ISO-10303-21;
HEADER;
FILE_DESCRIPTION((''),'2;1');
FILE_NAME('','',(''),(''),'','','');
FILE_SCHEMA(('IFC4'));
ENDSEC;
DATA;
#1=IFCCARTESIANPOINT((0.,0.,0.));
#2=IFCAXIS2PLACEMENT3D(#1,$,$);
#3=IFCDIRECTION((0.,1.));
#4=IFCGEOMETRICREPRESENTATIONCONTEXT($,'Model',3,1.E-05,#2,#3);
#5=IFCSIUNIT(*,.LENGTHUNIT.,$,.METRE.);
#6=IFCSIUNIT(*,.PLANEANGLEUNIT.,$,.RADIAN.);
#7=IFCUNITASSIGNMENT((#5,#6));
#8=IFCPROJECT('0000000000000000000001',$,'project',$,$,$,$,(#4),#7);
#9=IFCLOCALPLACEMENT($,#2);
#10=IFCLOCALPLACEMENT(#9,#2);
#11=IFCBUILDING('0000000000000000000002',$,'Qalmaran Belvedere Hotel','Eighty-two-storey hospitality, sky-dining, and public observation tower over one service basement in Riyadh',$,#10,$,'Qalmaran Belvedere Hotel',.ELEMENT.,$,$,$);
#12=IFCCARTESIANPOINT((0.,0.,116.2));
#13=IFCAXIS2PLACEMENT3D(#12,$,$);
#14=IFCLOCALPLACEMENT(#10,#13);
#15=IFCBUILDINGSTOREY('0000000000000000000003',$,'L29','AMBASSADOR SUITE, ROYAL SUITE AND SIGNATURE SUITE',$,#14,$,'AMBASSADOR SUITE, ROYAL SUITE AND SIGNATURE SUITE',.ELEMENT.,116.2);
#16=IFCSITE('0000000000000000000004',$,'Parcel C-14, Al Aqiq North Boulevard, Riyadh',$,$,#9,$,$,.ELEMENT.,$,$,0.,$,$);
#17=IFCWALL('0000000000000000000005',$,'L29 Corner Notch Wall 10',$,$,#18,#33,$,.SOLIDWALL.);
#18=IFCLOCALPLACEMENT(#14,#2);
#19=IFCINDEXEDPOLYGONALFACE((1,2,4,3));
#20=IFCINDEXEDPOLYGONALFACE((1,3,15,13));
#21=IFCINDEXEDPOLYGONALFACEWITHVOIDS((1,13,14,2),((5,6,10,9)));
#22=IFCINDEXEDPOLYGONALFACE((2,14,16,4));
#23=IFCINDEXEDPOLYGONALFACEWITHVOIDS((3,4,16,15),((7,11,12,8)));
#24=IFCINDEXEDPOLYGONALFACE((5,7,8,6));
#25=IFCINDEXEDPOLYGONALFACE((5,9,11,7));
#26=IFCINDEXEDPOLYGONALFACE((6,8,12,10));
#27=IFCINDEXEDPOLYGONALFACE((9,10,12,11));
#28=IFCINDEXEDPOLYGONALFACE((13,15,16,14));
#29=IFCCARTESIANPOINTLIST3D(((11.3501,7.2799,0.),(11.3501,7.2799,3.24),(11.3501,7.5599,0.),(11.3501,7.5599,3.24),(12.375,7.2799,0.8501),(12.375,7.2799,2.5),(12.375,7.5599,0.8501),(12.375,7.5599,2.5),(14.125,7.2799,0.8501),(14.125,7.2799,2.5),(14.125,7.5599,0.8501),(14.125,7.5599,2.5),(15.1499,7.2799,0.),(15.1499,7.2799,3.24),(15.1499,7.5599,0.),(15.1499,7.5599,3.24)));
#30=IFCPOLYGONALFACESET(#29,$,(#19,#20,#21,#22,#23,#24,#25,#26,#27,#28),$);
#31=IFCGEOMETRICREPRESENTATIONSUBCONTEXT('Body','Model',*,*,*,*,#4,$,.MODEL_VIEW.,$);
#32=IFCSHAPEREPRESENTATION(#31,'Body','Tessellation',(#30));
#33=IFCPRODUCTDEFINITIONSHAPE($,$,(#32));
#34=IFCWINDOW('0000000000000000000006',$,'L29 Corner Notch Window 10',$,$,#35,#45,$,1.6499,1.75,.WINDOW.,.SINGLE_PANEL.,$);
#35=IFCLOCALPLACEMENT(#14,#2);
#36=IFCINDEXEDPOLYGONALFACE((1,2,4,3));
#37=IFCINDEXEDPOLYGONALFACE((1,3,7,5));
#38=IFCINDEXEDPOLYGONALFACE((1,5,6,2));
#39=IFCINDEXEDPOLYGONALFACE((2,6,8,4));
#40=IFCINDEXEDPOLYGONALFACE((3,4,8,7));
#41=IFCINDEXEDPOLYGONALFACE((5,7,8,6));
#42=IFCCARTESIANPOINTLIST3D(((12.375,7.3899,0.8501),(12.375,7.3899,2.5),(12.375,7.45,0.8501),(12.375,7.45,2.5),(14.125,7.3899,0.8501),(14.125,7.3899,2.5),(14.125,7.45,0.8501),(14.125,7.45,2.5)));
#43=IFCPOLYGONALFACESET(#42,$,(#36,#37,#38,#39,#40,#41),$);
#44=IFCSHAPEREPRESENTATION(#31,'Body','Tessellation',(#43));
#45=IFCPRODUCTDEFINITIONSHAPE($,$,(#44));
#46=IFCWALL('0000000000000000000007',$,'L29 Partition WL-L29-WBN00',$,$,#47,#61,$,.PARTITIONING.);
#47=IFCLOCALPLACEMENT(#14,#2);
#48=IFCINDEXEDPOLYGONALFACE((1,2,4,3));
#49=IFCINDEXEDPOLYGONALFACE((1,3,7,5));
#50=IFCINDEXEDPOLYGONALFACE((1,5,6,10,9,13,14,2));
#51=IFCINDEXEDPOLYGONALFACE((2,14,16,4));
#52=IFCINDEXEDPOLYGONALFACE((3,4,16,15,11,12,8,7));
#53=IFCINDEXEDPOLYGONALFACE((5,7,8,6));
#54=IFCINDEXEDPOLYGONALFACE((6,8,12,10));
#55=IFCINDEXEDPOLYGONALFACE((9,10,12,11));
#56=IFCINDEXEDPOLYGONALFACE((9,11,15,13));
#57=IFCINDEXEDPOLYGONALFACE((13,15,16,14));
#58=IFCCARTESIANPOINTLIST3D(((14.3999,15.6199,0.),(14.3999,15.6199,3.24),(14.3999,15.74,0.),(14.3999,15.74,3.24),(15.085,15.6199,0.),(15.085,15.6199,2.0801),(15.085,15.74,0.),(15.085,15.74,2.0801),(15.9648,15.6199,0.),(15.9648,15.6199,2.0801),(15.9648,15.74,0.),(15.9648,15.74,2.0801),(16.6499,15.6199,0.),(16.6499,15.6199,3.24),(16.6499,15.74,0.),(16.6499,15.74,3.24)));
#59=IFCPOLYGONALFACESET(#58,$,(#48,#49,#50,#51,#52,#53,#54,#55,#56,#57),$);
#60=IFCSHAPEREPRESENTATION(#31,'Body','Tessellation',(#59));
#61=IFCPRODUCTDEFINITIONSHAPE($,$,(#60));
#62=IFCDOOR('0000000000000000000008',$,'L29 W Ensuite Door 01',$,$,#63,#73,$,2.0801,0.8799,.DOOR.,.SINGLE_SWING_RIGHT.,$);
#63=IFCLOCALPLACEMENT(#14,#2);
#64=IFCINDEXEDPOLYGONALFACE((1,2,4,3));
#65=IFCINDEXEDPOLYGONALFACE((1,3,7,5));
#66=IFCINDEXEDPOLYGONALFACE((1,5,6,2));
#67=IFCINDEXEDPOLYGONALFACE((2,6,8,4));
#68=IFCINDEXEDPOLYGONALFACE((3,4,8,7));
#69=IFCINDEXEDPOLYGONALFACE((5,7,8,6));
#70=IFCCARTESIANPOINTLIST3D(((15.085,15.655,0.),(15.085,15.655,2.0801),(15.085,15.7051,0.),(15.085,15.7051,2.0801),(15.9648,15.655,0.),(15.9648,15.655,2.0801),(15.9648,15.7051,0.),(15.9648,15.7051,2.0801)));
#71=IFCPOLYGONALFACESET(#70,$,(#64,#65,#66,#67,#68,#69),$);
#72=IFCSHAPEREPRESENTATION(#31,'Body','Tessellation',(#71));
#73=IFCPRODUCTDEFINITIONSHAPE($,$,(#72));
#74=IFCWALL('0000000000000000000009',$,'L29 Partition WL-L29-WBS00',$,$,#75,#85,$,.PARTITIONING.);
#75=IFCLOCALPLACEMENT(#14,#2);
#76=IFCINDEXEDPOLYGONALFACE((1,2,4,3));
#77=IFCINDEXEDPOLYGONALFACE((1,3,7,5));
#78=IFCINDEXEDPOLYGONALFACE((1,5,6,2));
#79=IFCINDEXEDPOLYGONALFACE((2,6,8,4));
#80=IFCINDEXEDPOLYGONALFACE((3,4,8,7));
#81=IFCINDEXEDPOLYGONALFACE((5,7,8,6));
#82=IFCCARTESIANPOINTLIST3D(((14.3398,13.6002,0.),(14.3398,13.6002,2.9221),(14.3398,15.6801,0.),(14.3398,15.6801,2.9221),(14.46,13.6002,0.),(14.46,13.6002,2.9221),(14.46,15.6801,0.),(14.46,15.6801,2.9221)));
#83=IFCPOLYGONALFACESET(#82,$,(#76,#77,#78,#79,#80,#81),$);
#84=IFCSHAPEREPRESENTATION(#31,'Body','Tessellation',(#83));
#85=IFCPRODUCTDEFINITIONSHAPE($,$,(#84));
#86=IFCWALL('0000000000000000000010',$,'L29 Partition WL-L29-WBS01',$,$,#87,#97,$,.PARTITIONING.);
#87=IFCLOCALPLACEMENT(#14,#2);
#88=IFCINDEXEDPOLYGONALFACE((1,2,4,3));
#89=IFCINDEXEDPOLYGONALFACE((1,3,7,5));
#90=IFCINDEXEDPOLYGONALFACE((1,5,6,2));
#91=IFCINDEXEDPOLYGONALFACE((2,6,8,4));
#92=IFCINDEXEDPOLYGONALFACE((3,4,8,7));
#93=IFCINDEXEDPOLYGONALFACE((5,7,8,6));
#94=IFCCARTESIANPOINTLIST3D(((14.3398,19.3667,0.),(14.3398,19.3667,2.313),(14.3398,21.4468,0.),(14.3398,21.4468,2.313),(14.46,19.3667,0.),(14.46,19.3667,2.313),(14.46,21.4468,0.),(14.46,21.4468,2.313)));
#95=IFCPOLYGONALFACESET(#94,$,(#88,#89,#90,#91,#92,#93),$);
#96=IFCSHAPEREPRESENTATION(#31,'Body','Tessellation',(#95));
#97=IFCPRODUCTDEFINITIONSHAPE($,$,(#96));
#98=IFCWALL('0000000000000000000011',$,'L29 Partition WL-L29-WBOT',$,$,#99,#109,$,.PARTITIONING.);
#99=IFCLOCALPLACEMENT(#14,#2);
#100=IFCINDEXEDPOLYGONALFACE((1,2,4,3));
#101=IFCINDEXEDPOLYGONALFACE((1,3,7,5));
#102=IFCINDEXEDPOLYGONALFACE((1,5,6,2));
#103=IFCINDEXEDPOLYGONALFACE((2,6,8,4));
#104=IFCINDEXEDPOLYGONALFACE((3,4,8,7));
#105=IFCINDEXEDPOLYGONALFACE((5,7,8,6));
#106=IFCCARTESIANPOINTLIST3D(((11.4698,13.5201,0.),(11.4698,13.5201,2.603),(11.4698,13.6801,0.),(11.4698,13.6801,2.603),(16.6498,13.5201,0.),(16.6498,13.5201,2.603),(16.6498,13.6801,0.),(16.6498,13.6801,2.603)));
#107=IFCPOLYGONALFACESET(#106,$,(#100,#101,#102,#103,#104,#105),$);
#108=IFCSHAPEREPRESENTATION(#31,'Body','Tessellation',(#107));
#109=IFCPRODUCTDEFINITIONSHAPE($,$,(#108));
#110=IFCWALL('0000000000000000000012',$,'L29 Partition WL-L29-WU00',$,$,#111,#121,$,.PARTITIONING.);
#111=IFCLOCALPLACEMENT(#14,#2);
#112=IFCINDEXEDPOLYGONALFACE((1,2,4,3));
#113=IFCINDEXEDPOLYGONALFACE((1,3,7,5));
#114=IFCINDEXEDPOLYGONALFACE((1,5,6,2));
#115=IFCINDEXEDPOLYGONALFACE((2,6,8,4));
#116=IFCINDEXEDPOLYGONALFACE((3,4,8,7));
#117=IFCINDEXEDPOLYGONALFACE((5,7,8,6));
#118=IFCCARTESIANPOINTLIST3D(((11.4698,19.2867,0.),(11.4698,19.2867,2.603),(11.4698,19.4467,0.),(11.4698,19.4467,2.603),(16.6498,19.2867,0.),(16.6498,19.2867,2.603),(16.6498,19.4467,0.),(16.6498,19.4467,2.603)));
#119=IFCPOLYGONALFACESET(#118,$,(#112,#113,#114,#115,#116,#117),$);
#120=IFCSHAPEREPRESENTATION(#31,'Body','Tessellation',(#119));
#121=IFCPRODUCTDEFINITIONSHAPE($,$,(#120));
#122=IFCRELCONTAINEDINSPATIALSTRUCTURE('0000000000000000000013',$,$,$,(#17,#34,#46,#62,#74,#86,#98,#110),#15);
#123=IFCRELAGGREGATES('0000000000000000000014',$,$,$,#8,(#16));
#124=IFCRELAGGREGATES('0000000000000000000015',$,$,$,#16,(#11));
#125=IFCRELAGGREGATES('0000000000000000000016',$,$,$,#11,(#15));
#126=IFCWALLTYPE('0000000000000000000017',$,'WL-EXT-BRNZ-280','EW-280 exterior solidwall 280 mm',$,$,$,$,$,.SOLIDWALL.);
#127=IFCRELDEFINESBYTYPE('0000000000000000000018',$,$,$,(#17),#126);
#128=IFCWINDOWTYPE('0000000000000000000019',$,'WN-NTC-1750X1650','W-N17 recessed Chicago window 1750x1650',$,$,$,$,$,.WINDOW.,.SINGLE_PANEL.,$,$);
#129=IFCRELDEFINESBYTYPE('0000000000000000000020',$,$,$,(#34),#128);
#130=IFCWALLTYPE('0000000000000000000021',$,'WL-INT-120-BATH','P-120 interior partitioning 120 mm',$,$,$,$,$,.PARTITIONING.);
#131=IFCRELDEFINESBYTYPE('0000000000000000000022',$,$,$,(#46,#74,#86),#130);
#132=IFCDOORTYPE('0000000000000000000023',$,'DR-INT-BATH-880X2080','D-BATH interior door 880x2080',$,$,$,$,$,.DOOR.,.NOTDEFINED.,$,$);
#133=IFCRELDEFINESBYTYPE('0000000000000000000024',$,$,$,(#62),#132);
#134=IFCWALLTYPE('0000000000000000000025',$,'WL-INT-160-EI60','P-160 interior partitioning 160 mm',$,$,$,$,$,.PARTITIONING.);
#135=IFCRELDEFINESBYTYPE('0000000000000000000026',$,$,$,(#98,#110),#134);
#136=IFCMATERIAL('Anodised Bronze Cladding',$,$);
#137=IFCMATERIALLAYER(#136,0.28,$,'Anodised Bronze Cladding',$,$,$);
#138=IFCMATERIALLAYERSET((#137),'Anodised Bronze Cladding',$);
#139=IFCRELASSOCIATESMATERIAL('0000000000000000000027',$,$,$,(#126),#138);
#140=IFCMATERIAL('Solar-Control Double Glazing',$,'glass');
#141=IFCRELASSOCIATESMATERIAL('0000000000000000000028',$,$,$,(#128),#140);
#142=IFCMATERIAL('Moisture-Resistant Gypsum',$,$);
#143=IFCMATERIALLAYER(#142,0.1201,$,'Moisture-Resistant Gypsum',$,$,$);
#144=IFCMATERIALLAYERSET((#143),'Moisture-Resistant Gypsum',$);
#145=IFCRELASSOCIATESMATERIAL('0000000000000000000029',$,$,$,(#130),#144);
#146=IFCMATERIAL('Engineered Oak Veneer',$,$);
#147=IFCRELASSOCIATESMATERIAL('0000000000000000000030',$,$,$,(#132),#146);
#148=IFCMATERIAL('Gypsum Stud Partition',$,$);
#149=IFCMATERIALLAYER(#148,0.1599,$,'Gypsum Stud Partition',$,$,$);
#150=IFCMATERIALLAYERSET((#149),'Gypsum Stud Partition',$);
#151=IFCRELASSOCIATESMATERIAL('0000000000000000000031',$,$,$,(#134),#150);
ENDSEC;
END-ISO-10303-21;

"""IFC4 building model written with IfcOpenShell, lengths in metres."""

from ifc_helpers import new_model, si_unit, direction, frame, frame_2d, origin, place, context, subcontext, project, spatial, rectangle, extrude, material, layer, layer_set, type_object, element, fill, save


model = new_model("IFC4")

# Units and contexts
model_context = context("Model", 3, precision=1e-05, world=origin(), true_north=direction((0.0, 1.0)))
body_context = subcontext(model_context, "Body", "Model", "MODEL_VIEW")
ifc_project = project(units=[si_unit("LENGTHUNIT", "METRE"), si_unit("PLANEANGLEUNIT", "RADIAN")], contexts=[model_context])

# Site, building, storey
site_placement = place(None, origin())
site = spatial("IfcSite", under=ifc_project, at=site_placement, Name="Parcel C-14, Al Aqiq North Boulevard, Riyadh", CompositionType="ELEMENT", RefElevation=0.0)
building_placement = place(site_placement, origin())
building = spatial("IfcBuilding", under=site, at=building_placement, Name="Qalmaran Belvedere Hotel", Description="Eighty-two-storey hospitality, sky-dining, and public observation tower over one service basement in Riyadh", LongName="Qalmaran Belvedere Hotel", CompositionType="ELEMENT")
storey_placement = place(building_placement, frame((0.0, 0.0, 116.2)))
storey = spatial("IfcBuildingStorey", under=building, at=storey_placement, Name="L29", Description="AMBASSADOR SUITE, ROYAL SUITE AND SIGNATURE SUITE", LongName="AMBASSADOR SUITE, ROYAL SUITE AND SIGNATURE SUITE", CompositionType="ELEMENT", Elevation=116.2)

# Shared definitions
ifc_material_1 = material(Name="Solar-Control Double Glazing", Category="glass")

# Wall, opening, window
ifc_material_2 = material(Name="Anodised Bronze Cladding")
ifc_layer_1 = layer(ifc_material_2, 0.28, Name="Anodised Bronze Cladding")
ifc_layer_set_1 = layer_set([ifc_layer_1], Name="Anodised Bronze Cladding")
wall_type_1 = type_object("IfcWallType", Name="WL-EXT-BRNZ-280", Description="EW-280 exterior solidwall 280 mm", PredefinedType="SOLIDWALL", material=ifc_layer_set_1)
wall_1_placement = place(storey_placement, frame((11.3501, 7.4199, 0.0), z_axis=(0.0, 0.0, 1.0), x_axis=(1.0, 0.0, 0.0)))
wall_1 = element("IfcWall", 1, at=wall_1_placement, inside=storey, type_object=wall_type_1, Name="L29 Corner Notch Wall 10", PredefinedType="SOLIDWALL", context=body_context, shape_type="SweptSolid", body=[
    extrude(rectangle(XDim=3.7998, YDim=0.28, at=frame_2d((1.8999, 0.0))), origin(), (0.0, 0.0, 1.0), 3.24),
])
opening_1_placement = place(wall_1_placement, frame((1.0249, 0.0, 0.8501)))
opening_1 = element("IfcOpeningElement", 2, at=opening_1_placement, cuts=wall_1, PredefinedType="OPENING", context=body_context, shape_type="SweptSolid", body=[
    extrude(rectangle(XDim=1.75, YDim=1.6499, at=frame_2d((0.875, 0.825))), frame((0.0, 0.1499, 0.0), z_axis=(0.0, -1.0, 0.0), x_axis=(1.0, 0.0, 0.0)), (0.0, 0.0, 1.0), 0.3),
])
window_type = type_object("IfcWindowType", Name="WN-NTC-1750X1650", Description="W-N17 recessed Chicago window 1750x1650", PartitioningType="SINGLE_PANEL", PredefinedType="WINDOW", material=ifc_material_1)
window_placement = place(opening_1_placement, origin())
window = element("IfcWindow", 3, at=window_placement, inside=storey, type_object=window_type, Name="L29 Corner Notch Window 10", OverallHeight=1.6499, OverallWidth=1.75, PartitioningType="SINGLE_PANEL", PredefinedType="WINDOW", context=body_context, shape_type="SweptSolid", body=[
    extrude(rectangle(XDim=1.75, YDim=1.6499, at=frame_2d((0.875, 0.825))), frame((0.0, 0.03, 0.0), z_axis=(0.0, -1.0, 0.0), x_axis=(1.0, 0.0, 0.0)), (0.0, 0.0, 1.0), 0.0601),
])
fill(opening_1, window)

# Wall, opening, door
ifc_material_3 = material(Name="Moisture-Resistant Gypsum")
ifc_layer_2 = layer(ifc_material_3, 0.1201, Name="Moisture-Resistant Gypsum")
ifc_layer_set_2 = layer_set([ifc_layer_2], Name="Moisture-Resistant Gypsum")
wall_type_2 = type_object("IfcWallType", Name="WL-INT-120-BATH", Description="P-120 interior partitioning 120 mm", PredefinedType="PARTITIONING", material=ifc_layer_set_2)
wall_2_placement = place(storey_placement, frame((14.3999, 15.6799, 0.0), z_axis=(0.0, 0.0, 1.0), x_axis=(1.0, 0.0, 0.0)))
wall_2 = element("IfcWall", 4, at=wall_2_placement, inside=storey, type_object=wall_type_2, Name="L29 Partition WL-L29-WBN00", PredefinedType="PARTITIONING", context=body_context, shape_type="SweptSolid", body=[
    extrude(rectangle(XDim=2.25, YDim=0.1201, at=frame_2d((1.125, 0.0))), origin(), (0.0, 0.0, 1.0), 3.24),
])
opening_2_placement = place(wall_2_placement, frame((1.5649, 0.0, 0.0), z_axis=(0.0, 0.0, 1.0), x_axis=(-1.0, 0.0, 0.0)))
opening_2 = element("IfcOpeningElement", 5, at=opening_2_placement, cuts=wall_2, PredefinedType="OPENING", context=body_context, shape_type="SweptSolid", body=[
    extrude(rectangle(XDim=0.8799, YDim=2.0801, at=frame_2d((0.4399, 1.04))), frame((0.0, 0.0701, 0.0), z_axis=(0.0, -1.0, 0.0), x_axis=(1.0, 0.0, 0.0)), (0.0, 0.0, 1.0), 0.1401),
])
ifc_material_4 = material(Name="Engineered Oak Veneer")
door_type = type_object("IfcDoorType", Name="DR-INT-BATH-880X2080", Description="D-BATH interior door 880x2080", OperationType="NOTDEFINED", PredefinedType="DOOR", material=ifc_material_4)
door_placement = place(opening_2_placement, origin())
door = element("IfcDoor", 6, at=door_placement, inside=storey, type_object=door_type, Name="L29 W Ensuite Door 01", OperationType="SINGLE_SWING_RIGHT", OverallHeight=2.0801, OverallWidth=0.8799, PredefinedType="DOOR", context=body_context, shape_type="SweptSolid", body=[
    extrude(rectangle(XDim=0.8799, YDim=2.0801, at=frame_2d((0.4399, 1.04))), frame((0.0, 0.0249, 0.0), z_axis=(0.0, -1.0, 0.0), x_axis=(1.0, 0.0, 0.0)), (0.0, 0.0, 1.0), 0.05),
])
fill(opening_2, door)

# Walls
wall_3_placement = place(storey_placement, frame((14.3999, 13.6001, 0.0), z_axis=(0.0, 0.0, 1.0), x_axis=(0.0, 1.0, 0.0)))
element("IfcWall", 7, at=wall_3_placement, inside=storey, type_object=wall_type_2, Name="L29 Partition WL-L29-WBS00", PredefinedType="PARTITIONING", context=body_context, shape_type="SweptSolid", body=[
    extrude(rectangle(XDim=2.0798, YDim=0.1201, at=frame_2d((1.04, 0.0))), origin(), (0.0, 0.0, 1.0), 2.9221),
])
wall_4_placement = place(storey_placement, frame((14.3999, 19.3667, 0.0), z_axis=(0.0, 0.0, 1.0), x_axis=(0.0, 1.0, 0.0)))
element("IfcWall", 8, at=wall_4_placement, inside=storey, type_object=wall_type_2, Name="L29 Partition WL-L29-WBS01", PredefinedType="PARTITIONING", context=body_context, shape_type="SweptSolid", body=[
    extrude(rectangle(XDim=2.0801, YDim=0.1201, at=frame_2d((1.04, 0.0))), origin(), (0.0, 0.0, 1.0), 2.313),
])
ifc_material_5 = material(Name="Gypsum Stud Partition")
ifc_layer_3 = layer(ifc_material_5, 0.1599, Name="Gypsum Stud Partition")
ifc_layer_set_3 = layer_set([ifc_layer_3], Name="Gypsum Stud Partition")
wall_type_3 = type_object("IfcWallType", Name="WL-INT-160-EI60", Description="P-160 interior partitioning 160 mm", PredefinedType="PARTITIONING", material=ifc_layer_set_3)
for number, where, z_axis, x_axis, name in (
    (9, (11.47, 13.6001, 0.0), (0.0, 0.0, 1.0), (1.0, 0.0, 0.0), "L29 Partition WL-L29-WBOT"),
    (10, (11.47, 19.3667, 0.0), (0.0, 0.0, 1.0), (1.0, 0.0, 0.0), "L29 Partition WL-L29-WU00"),
):
    element("IfcWall", number, at=place(storey_placement, frame(where, z_axis=z_axis, x_axis=x_axis)), inside=storey, type_object=wall_type_3, Name=name, PredefinedType="PARTITIONING", context=body_context, shape_type="SweptSolid", body=[
        extrude(rectangle(XDim=5.1799, YDim=0.1599, at=frame_2d((2.5898, 0.0))), origin(), (0.0, 0.0, 1.0), 2.603),
    ])

save(model, "model.ifc")
